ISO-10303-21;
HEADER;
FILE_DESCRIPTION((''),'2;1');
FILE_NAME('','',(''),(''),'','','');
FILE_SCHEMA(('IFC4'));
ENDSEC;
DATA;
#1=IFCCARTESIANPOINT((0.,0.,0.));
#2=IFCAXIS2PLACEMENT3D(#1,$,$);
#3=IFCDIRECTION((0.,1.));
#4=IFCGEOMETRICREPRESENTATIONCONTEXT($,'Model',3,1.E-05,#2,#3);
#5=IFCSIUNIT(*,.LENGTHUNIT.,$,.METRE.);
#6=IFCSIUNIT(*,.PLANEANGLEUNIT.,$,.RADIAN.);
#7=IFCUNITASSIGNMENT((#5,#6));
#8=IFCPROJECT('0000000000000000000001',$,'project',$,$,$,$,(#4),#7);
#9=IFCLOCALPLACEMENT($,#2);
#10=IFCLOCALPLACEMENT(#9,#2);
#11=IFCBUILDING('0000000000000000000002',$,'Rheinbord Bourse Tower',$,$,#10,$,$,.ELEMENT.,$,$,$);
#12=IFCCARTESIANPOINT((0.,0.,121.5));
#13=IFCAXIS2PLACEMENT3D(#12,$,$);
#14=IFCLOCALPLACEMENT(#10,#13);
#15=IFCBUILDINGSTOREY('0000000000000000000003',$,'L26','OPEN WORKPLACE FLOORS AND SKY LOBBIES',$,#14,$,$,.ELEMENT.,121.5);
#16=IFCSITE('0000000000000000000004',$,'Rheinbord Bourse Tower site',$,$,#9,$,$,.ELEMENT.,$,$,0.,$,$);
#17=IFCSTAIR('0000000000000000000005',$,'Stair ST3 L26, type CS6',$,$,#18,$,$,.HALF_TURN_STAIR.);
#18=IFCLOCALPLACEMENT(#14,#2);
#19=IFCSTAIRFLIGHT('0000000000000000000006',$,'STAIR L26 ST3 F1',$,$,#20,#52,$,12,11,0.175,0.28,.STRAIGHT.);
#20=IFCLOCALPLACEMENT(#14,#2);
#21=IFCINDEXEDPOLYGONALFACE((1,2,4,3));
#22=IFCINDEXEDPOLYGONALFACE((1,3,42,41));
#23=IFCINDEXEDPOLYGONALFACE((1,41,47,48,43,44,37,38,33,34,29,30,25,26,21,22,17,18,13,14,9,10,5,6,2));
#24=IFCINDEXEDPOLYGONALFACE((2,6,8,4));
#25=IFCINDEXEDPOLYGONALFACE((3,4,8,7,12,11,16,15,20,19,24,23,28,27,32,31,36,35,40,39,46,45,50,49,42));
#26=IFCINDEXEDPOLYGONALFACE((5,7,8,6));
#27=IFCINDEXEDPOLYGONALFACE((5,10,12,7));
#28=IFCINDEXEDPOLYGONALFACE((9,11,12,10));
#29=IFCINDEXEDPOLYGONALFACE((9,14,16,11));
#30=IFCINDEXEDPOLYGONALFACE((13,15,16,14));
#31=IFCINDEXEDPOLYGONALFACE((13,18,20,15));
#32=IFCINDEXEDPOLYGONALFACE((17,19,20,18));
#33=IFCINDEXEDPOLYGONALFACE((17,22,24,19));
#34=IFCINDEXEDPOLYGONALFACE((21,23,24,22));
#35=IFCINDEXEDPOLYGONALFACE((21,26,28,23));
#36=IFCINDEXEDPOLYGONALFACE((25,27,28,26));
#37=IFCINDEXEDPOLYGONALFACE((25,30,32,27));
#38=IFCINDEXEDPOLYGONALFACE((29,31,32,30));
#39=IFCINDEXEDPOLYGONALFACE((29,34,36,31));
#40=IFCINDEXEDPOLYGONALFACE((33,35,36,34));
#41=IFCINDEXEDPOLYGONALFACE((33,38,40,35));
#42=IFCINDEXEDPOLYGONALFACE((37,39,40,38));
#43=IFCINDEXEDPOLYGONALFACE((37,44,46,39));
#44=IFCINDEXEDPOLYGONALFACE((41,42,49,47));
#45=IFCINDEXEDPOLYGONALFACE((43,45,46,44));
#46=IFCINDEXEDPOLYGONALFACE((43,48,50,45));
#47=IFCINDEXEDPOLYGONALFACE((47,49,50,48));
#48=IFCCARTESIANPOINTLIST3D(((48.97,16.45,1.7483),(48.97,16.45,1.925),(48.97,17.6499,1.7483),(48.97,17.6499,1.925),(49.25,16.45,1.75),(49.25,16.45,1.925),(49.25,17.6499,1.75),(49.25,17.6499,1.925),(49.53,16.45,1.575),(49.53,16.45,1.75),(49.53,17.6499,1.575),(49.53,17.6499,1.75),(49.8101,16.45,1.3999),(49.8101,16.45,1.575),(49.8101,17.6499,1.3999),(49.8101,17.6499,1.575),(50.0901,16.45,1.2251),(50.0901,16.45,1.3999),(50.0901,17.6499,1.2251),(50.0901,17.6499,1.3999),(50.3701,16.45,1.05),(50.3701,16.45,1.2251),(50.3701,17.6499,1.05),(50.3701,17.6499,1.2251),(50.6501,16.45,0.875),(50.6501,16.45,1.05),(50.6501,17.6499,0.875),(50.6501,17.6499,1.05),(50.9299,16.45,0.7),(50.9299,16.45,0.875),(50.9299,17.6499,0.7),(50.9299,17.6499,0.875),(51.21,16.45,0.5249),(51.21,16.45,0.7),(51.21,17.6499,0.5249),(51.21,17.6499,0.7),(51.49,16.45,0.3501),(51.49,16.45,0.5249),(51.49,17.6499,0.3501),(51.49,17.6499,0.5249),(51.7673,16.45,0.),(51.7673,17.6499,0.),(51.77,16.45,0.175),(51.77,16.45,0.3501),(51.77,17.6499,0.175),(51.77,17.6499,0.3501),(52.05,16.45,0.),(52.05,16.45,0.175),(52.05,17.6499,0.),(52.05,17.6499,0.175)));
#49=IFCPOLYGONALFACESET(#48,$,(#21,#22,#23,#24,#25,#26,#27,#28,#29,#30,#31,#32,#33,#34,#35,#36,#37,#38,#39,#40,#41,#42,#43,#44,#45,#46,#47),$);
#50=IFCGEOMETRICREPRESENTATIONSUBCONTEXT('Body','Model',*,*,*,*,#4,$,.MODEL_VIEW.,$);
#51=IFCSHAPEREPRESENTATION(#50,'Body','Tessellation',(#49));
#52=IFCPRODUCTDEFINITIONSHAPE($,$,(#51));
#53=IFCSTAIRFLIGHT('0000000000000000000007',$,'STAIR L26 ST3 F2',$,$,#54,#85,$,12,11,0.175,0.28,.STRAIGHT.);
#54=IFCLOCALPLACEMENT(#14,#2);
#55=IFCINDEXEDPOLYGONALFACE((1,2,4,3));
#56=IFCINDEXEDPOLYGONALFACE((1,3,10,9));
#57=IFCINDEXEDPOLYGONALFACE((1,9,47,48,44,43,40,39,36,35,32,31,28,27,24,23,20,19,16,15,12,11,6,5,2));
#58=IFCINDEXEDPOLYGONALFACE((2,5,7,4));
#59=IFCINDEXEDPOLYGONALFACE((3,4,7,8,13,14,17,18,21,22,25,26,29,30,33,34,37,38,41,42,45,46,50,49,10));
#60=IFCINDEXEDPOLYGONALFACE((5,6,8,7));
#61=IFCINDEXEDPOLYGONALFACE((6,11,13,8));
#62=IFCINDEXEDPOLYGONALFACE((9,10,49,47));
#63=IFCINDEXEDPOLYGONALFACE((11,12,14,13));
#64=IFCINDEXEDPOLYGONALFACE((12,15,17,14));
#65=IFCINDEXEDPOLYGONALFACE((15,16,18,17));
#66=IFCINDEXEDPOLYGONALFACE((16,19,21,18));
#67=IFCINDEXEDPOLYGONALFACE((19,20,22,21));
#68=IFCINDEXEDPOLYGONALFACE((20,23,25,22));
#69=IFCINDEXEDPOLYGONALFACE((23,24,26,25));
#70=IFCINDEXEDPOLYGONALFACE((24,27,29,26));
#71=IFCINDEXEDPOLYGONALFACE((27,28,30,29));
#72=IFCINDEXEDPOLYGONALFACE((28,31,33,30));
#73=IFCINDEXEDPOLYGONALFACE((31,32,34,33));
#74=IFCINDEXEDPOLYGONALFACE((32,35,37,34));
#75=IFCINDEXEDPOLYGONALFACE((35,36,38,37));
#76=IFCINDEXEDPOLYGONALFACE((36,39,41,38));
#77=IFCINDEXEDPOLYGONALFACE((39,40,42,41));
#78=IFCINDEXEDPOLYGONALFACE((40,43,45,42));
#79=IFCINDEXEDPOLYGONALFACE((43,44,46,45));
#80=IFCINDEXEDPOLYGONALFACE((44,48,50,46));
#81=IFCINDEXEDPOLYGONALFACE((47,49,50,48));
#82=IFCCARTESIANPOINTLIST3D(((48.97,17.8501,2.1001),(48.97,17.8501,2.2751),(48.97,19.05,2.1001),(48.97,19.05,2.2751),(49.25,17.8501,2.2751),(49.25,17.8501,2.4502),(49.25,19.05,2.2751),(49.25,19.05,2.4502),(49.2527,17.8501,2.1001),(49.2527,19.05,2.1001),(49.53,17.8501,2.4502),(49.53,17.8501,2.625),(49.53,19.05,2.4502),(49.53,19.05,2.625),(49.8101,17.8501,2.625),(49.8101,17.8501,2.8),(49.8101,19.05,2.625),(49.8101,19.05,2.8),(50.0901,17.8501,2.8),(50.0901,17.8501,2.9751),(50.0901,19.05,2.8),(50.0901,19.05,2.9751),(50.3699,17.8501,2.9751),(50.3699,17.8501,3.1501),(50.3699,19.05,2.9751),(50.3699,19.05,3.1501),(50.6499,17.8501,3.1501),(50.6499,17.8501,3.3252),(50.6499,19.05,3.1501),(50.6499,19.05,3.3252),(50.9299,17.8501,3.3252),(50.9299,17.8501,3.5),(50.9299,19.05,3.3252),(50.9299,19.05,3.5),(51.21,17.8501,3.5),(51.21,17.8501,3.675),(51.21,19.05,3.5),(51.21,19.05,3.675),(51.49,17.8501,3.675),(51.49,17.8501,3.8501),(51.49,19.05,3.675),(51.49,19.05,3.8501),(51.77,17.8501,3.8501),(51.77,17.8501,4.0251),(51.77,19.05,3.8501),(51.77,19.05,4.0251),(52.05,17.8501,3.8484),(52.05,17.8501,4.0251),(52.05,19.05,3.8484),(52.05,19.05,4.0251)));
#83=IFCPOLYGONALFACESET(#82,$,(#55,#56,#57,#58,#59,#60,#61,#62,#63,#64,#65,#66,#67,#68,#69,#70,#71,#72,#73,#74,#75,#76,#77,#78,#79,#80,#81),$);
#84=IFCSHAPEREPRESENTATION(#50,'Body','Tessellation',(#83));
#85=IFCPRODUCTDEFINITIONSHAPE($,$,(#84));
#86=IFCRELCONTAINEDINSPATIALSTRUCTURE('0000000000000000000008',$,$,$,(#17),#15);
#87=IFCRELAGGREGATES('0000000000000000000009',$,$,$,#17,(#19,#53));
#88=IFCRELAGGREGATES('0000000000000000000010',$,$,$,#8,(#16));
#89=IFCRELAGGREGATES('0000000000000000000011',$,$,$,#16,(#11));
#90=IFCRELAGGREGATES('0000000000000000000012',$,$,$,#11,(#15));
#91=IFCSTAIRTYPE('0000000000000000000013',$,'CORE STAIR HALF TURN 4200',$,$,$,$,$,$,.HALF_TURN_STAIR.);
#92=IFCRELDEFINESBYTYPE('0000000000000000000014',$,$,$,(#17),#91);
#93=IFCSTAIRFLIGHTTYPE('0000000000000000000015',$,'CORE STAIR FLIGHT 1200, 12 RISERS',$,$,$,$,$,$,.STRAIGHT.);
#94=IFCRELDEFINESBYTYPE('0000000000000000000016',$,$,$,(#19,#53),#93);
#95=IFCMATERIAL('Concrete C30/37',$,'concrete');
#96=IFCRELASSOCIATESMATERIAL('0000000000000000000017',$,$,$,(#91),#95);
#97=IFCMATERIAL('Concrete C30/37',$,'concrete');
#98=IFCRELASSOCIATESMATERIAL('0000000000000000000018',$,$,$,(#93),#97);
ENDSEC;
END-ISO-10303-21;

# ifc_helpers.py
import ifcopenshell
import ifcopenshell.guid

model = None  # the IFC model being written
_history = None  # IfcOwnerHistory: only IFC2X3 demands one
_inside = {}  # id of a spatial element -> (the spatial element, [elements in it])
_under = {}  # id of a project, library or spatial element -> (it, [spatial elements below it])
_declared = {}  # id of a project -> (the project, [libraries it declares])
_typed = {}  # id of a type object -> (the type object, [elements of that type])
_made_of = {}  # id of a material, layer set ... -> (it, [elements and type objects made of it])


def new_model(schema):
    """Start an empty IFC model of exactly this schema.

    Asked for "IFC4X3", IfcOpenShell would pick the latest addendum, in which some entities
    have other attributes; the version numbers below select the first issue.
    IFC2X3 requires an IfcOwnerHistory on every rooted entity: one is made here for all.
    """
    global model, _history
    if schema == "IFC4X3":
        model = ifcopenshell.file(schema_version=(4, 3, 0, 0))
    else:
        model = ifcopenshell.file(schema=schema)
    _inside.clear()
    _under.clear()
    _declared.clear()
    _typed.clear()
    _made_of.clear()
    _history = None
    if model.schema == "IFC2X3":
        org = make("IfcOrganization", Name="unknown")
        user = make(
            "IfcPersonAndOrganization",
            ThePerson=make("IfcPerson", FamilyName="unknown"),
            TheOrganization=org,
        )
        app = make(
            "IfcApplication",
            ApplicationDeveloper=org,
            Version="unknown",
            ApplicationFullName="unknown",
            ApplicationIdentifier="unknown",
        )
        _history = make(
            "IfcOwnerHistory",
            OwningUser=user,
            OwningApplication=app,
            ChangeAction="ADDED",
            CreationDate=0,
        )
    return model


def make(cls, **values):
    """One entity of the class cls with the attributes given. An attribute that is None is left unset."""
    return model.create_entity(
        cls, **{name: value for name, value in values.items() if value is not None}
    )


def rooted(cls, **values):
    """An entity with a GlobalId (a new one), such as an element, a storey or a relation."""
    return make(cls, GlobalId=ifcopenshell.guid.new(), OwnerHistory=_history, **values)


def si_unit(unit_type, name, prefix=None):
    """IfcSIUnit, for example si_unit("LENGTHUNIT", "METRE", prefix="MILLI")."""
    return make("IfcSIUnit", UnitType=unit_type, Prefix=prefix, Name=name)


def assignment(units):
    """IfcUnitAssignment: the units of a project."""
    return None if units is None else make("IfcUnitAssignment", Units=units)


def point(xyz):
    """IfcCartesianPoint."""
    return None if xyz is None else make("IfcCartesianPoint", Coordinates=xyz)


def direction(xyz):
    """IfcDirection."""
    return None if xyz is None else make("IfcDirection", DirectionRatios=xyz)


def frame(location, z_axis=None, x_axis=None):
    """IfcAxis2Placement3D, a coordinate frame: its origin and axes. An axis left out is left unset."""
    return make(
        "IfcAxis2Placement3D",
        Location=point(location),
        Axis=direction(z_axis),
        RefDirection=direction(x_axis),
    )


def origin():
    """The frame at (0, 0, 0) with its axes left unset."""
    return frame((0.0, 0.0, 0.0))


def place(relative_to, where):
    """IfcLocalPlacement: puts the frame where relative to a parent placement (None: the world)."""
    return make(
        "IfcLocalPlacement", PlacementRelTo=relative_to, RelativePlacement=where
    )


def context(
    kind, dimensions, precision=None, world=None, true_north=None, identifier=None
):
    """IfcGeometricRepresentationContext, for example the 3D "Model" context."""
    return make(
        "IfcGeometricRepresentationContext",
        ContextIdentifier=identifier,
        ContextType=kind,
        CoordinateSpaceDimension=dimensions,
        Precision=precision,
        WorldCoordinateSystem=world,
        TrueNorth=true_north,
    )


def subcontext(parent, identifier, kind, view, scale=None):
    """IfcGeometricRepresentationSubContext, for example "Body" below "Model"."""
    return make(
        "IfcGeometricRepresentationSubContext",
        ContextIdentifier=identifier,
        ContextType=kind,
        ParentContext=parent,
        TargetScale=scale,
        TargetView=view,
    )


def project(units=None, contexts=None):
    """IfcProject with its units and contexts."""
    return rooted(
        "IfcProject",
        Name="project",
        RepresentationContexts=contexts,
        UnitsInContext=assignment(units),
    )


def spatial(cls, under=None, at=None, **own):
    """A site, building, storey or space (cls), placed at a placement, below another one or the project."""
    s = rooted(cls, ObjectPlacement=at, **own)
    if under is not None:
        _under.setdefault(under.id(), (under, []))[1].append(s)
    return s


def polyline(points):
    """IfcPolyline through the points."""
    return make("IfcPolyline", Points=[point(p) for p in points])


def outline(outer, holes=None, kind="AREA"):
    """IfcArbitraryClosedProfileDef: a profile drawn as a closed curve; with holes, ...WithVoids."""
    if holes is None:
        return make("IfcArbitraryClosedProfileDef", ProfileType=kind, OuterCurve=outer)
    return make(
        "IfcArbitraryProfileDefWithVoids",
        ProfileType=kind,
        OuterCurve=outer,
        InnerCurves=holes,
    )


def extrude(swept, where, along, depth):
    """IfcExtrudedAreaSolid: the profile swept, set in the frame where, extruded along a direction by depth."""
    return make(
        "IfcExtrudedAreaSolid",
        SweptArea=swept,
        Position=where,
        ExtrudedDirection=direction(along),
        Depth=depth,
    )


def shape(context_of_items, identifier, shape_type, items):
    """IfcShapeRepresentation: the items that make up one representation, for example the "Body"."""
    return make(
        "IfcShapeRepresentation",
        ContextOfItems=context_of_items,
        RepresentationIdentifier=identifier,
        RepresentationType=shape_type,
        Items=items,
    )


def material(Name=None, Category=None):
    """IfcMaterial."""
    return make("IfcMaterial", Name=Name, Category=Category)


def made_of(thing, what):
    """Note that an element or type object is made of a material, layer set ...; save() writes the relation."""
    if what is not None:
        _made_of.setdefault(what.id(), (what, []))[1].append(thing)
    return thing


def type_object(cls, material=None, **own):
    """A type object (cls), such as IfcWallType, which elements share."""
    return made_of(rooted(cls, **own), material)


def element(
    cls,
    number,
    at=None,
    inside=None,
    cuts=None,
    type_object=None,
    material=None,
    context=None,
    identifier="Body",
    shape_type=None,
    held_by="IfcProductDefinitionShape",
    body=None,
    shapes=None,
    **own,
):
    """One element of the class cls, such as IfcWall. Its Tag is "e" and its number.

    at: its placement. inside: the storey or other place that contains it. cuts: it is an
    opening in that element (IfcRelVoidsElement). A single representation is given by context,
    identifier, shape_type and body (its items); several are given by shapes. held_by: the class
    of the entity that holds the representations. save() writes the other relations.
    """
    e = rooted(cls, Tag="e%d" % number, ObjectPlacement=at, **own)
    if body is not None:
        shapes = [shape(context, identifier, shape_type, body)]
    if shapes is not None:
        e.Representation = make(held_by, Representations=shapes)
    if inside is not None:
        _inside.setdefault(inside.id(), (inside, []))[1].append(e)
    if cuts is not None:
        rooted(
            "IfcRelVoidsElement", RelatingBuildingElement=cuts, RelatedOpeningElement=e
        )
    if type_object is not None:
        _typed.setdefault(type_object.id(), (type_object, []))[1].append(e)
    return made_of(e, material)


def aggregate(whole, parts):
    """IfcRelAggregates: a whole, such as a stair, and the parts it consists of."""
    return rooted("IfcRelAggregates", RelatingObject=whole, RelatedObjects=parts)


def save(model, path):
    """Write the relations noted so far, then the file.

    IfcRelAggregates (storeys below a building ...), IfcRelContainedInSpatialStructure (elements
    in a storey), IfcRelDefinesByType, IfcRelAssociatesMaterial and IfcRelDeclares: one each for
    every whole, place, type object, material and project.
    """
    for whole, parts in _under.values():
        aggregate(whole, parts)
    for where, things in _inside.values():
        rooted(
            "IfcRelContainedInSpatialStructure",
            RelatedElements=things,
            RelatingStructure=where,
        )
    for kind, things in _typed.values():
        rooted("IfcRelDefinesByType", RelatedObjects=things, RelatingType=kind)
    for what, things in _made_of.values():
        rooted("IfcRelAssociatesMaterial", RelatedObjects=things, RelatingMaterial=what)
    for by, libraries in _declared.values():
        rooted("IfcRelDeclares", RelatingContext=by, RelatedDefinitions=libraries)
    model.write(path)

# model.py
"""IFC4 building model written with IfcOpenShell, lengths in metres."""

from ifc_helpers import new_model, si_unit, direction, frame, origin, place, context, subcontext, project, spatial, polyline, outline, extrude, material, type_object, element, aggregate, save


model = new_model("IFC4")

# Units and contexts
model_context = context("Model", 3, precision=1e-05, world=origin(), true_north=direction((0.0, 1.0)))
body_context = subcontext(model_context, "Body", "Model", "MODEL_VIEW")
ifc_project = project(units=[si_unit("LENGTHUNIT", "METRE"), si_unit("PLANEANGLEUNIT", "RADIAN")], contexts=[model_context])

# Site, building, storey
site_placement = place(None, origin())
site = spatial("IfcSite", under=ifc_project, at=site_placement, Name="Rheinbord Bourse Tower site", CompositionType="ELEMENT", RefElevation=0.0)
building_placement = place(site_placement, origin())
building = spatial("IfcBuilding", under=site, at=building_placement, Name="Rheinbord Bourse Tower", CompositionType="ELEMENT")
storey_placement = place(building_placement, frame((0.0, 0.0, 121.5)))
storey = spatial("IfcBuildingStorey", under=building, at=storey_placement, Name="L26", Description="OPEN WORKPLACE FLOORS AND SKY LOBBIES", CompositionType="ELEMENT", Elevation=121.5)

# Stair, stair flights
ifc_material_1 = material(Name="Concrete C30/37", Category="concrete")
stair_type = type_object("IfcStairType", Name="CORE STAIR HALF TURN 4200", PredefinedType="HALF_TURN_STAIR", material=ifc_material_1)
stair_placement = place(storey_placement, origin())
stair = element("IfcStair", 1, at=stair_placement, inside=storey, type_object=stair_type, Name="Stair ST3 L26, type CS6", PredefinedType="HALF_TURN_STAIR")
ifc_material_2 = material(Name="Concrete C30/37", Category="concrete")
stair_flight_type = type_object("IfcStairFlightType", Name="CORE STAIR FLIGHT 1200, 12 RISERS", PredefinedType="STRAIGHT", material=ifc_material_2)
stair_flight_1_placement = place(storey_placement, frame((52.05, 17.05, 0.0), z_axis=(0.0, 0.0, 1.0), x_axis=(-1.0, 0.0, 0.0)))
stair_flight_1 = element("IfcStairFlight", 2, at=stair_flight_1_placement, type_object=stair_flight_type, Name="STAIR L26 ST3 F1", NumberOfRisers=12, NumberOfTreads=11, PredefinedType="STRAIGHT", RiserHeight=0.175, TreadLength=0.28, context=body_context, shape_type="SweptSolid", body=[
    extrude(outline(polyline([(0.0, 0.0), (0.0, 0.175), (0.28, 0.175), (0.28, 0.3501), (0.5601, 0.3501), (0.5601, 0.5249), (0.8401, 0.5249), (0.8401, 0.7), (1.1201, 0.7), (1.1201, 0.875), (1.3999, 0.875), (1.3999, 1.05), (1.6799, 1.05), (1.6799, 1.2251), (1.96, 1.2251), (1.96, 1.3999), (2.24, 1.3999), (2.24, 1.575), (2.52, 1.575), (2.52, 1.75), (2.8, 1.75), (2.8, 1.925), (3.0801, 1.925), (3.0801, 2.1001), (3.0801, 1.7483), (0.2827, 0.0), (0.0, 0.0)])), frame((0.0, 0.6001, 0.0), z_axis=(0.0, -1.0, 0.0), x_axis=(1.0, 0.0, 0.0)), (0.0, 0.0, 1.0), 1.2),
])
stair_flight_2_placement = place(storey_placement, frame((48.97, 18.45, 2.1001), z_axis=(0.0, 0.0, 1.0), x_axis=(1.0, 0.0, 0.0)))
stair_flight_2 = element("IfcStairFlight", 3, at=stair_flight_2_placement, type_object=stair_flight_type, Name="STAIR L26 ST3 F2", NumberOfRisers=12, NumberOfTreads=11, PredefinedType="STRAIGHT", RiserHeight=0.175, TreadLength=0.28, context=body_context, shape_type="SweptSolid", body=[
    extrude(outline(polyline([(0.0, 0.0), (0.0, 0.175), (0.28, 0.175), (0.28, 0.3501), (0.5601, 0.3501), (0.5601, 0.5249), (0.8401, 0.5249), (0.8401, 0.7), (1.1201, 0.7), (1.1201, 0.875), (1.3999, 0.875), (1.3999, 1.05), (1.6799, 1.05), (1.6799, 1.2251), (1.96, 1.2251), (1.96, 1.3999), (2.24, 1.3999), (2.24, 1.575), (2.52, 1.575), (2.52, 1.75), (2.8, 1.75), (2.8, 1.925), (3.0801, 1.925), (3.0801, 2.1001), (3.0801, 1.7483), (0.2827, 0.0), (0.0, 0.0)])), frame((0.0, 0.6001, 0.0), z_axis=(0.0, -1.0, 0.0), x_axis=(1.0, 0.0, 0.0)), (0.0, 0.0, 1.0), 1.2),
])
aggregate(stair, [stair_flight_1, stair_flight_2])

save(model, "model.ifc")
